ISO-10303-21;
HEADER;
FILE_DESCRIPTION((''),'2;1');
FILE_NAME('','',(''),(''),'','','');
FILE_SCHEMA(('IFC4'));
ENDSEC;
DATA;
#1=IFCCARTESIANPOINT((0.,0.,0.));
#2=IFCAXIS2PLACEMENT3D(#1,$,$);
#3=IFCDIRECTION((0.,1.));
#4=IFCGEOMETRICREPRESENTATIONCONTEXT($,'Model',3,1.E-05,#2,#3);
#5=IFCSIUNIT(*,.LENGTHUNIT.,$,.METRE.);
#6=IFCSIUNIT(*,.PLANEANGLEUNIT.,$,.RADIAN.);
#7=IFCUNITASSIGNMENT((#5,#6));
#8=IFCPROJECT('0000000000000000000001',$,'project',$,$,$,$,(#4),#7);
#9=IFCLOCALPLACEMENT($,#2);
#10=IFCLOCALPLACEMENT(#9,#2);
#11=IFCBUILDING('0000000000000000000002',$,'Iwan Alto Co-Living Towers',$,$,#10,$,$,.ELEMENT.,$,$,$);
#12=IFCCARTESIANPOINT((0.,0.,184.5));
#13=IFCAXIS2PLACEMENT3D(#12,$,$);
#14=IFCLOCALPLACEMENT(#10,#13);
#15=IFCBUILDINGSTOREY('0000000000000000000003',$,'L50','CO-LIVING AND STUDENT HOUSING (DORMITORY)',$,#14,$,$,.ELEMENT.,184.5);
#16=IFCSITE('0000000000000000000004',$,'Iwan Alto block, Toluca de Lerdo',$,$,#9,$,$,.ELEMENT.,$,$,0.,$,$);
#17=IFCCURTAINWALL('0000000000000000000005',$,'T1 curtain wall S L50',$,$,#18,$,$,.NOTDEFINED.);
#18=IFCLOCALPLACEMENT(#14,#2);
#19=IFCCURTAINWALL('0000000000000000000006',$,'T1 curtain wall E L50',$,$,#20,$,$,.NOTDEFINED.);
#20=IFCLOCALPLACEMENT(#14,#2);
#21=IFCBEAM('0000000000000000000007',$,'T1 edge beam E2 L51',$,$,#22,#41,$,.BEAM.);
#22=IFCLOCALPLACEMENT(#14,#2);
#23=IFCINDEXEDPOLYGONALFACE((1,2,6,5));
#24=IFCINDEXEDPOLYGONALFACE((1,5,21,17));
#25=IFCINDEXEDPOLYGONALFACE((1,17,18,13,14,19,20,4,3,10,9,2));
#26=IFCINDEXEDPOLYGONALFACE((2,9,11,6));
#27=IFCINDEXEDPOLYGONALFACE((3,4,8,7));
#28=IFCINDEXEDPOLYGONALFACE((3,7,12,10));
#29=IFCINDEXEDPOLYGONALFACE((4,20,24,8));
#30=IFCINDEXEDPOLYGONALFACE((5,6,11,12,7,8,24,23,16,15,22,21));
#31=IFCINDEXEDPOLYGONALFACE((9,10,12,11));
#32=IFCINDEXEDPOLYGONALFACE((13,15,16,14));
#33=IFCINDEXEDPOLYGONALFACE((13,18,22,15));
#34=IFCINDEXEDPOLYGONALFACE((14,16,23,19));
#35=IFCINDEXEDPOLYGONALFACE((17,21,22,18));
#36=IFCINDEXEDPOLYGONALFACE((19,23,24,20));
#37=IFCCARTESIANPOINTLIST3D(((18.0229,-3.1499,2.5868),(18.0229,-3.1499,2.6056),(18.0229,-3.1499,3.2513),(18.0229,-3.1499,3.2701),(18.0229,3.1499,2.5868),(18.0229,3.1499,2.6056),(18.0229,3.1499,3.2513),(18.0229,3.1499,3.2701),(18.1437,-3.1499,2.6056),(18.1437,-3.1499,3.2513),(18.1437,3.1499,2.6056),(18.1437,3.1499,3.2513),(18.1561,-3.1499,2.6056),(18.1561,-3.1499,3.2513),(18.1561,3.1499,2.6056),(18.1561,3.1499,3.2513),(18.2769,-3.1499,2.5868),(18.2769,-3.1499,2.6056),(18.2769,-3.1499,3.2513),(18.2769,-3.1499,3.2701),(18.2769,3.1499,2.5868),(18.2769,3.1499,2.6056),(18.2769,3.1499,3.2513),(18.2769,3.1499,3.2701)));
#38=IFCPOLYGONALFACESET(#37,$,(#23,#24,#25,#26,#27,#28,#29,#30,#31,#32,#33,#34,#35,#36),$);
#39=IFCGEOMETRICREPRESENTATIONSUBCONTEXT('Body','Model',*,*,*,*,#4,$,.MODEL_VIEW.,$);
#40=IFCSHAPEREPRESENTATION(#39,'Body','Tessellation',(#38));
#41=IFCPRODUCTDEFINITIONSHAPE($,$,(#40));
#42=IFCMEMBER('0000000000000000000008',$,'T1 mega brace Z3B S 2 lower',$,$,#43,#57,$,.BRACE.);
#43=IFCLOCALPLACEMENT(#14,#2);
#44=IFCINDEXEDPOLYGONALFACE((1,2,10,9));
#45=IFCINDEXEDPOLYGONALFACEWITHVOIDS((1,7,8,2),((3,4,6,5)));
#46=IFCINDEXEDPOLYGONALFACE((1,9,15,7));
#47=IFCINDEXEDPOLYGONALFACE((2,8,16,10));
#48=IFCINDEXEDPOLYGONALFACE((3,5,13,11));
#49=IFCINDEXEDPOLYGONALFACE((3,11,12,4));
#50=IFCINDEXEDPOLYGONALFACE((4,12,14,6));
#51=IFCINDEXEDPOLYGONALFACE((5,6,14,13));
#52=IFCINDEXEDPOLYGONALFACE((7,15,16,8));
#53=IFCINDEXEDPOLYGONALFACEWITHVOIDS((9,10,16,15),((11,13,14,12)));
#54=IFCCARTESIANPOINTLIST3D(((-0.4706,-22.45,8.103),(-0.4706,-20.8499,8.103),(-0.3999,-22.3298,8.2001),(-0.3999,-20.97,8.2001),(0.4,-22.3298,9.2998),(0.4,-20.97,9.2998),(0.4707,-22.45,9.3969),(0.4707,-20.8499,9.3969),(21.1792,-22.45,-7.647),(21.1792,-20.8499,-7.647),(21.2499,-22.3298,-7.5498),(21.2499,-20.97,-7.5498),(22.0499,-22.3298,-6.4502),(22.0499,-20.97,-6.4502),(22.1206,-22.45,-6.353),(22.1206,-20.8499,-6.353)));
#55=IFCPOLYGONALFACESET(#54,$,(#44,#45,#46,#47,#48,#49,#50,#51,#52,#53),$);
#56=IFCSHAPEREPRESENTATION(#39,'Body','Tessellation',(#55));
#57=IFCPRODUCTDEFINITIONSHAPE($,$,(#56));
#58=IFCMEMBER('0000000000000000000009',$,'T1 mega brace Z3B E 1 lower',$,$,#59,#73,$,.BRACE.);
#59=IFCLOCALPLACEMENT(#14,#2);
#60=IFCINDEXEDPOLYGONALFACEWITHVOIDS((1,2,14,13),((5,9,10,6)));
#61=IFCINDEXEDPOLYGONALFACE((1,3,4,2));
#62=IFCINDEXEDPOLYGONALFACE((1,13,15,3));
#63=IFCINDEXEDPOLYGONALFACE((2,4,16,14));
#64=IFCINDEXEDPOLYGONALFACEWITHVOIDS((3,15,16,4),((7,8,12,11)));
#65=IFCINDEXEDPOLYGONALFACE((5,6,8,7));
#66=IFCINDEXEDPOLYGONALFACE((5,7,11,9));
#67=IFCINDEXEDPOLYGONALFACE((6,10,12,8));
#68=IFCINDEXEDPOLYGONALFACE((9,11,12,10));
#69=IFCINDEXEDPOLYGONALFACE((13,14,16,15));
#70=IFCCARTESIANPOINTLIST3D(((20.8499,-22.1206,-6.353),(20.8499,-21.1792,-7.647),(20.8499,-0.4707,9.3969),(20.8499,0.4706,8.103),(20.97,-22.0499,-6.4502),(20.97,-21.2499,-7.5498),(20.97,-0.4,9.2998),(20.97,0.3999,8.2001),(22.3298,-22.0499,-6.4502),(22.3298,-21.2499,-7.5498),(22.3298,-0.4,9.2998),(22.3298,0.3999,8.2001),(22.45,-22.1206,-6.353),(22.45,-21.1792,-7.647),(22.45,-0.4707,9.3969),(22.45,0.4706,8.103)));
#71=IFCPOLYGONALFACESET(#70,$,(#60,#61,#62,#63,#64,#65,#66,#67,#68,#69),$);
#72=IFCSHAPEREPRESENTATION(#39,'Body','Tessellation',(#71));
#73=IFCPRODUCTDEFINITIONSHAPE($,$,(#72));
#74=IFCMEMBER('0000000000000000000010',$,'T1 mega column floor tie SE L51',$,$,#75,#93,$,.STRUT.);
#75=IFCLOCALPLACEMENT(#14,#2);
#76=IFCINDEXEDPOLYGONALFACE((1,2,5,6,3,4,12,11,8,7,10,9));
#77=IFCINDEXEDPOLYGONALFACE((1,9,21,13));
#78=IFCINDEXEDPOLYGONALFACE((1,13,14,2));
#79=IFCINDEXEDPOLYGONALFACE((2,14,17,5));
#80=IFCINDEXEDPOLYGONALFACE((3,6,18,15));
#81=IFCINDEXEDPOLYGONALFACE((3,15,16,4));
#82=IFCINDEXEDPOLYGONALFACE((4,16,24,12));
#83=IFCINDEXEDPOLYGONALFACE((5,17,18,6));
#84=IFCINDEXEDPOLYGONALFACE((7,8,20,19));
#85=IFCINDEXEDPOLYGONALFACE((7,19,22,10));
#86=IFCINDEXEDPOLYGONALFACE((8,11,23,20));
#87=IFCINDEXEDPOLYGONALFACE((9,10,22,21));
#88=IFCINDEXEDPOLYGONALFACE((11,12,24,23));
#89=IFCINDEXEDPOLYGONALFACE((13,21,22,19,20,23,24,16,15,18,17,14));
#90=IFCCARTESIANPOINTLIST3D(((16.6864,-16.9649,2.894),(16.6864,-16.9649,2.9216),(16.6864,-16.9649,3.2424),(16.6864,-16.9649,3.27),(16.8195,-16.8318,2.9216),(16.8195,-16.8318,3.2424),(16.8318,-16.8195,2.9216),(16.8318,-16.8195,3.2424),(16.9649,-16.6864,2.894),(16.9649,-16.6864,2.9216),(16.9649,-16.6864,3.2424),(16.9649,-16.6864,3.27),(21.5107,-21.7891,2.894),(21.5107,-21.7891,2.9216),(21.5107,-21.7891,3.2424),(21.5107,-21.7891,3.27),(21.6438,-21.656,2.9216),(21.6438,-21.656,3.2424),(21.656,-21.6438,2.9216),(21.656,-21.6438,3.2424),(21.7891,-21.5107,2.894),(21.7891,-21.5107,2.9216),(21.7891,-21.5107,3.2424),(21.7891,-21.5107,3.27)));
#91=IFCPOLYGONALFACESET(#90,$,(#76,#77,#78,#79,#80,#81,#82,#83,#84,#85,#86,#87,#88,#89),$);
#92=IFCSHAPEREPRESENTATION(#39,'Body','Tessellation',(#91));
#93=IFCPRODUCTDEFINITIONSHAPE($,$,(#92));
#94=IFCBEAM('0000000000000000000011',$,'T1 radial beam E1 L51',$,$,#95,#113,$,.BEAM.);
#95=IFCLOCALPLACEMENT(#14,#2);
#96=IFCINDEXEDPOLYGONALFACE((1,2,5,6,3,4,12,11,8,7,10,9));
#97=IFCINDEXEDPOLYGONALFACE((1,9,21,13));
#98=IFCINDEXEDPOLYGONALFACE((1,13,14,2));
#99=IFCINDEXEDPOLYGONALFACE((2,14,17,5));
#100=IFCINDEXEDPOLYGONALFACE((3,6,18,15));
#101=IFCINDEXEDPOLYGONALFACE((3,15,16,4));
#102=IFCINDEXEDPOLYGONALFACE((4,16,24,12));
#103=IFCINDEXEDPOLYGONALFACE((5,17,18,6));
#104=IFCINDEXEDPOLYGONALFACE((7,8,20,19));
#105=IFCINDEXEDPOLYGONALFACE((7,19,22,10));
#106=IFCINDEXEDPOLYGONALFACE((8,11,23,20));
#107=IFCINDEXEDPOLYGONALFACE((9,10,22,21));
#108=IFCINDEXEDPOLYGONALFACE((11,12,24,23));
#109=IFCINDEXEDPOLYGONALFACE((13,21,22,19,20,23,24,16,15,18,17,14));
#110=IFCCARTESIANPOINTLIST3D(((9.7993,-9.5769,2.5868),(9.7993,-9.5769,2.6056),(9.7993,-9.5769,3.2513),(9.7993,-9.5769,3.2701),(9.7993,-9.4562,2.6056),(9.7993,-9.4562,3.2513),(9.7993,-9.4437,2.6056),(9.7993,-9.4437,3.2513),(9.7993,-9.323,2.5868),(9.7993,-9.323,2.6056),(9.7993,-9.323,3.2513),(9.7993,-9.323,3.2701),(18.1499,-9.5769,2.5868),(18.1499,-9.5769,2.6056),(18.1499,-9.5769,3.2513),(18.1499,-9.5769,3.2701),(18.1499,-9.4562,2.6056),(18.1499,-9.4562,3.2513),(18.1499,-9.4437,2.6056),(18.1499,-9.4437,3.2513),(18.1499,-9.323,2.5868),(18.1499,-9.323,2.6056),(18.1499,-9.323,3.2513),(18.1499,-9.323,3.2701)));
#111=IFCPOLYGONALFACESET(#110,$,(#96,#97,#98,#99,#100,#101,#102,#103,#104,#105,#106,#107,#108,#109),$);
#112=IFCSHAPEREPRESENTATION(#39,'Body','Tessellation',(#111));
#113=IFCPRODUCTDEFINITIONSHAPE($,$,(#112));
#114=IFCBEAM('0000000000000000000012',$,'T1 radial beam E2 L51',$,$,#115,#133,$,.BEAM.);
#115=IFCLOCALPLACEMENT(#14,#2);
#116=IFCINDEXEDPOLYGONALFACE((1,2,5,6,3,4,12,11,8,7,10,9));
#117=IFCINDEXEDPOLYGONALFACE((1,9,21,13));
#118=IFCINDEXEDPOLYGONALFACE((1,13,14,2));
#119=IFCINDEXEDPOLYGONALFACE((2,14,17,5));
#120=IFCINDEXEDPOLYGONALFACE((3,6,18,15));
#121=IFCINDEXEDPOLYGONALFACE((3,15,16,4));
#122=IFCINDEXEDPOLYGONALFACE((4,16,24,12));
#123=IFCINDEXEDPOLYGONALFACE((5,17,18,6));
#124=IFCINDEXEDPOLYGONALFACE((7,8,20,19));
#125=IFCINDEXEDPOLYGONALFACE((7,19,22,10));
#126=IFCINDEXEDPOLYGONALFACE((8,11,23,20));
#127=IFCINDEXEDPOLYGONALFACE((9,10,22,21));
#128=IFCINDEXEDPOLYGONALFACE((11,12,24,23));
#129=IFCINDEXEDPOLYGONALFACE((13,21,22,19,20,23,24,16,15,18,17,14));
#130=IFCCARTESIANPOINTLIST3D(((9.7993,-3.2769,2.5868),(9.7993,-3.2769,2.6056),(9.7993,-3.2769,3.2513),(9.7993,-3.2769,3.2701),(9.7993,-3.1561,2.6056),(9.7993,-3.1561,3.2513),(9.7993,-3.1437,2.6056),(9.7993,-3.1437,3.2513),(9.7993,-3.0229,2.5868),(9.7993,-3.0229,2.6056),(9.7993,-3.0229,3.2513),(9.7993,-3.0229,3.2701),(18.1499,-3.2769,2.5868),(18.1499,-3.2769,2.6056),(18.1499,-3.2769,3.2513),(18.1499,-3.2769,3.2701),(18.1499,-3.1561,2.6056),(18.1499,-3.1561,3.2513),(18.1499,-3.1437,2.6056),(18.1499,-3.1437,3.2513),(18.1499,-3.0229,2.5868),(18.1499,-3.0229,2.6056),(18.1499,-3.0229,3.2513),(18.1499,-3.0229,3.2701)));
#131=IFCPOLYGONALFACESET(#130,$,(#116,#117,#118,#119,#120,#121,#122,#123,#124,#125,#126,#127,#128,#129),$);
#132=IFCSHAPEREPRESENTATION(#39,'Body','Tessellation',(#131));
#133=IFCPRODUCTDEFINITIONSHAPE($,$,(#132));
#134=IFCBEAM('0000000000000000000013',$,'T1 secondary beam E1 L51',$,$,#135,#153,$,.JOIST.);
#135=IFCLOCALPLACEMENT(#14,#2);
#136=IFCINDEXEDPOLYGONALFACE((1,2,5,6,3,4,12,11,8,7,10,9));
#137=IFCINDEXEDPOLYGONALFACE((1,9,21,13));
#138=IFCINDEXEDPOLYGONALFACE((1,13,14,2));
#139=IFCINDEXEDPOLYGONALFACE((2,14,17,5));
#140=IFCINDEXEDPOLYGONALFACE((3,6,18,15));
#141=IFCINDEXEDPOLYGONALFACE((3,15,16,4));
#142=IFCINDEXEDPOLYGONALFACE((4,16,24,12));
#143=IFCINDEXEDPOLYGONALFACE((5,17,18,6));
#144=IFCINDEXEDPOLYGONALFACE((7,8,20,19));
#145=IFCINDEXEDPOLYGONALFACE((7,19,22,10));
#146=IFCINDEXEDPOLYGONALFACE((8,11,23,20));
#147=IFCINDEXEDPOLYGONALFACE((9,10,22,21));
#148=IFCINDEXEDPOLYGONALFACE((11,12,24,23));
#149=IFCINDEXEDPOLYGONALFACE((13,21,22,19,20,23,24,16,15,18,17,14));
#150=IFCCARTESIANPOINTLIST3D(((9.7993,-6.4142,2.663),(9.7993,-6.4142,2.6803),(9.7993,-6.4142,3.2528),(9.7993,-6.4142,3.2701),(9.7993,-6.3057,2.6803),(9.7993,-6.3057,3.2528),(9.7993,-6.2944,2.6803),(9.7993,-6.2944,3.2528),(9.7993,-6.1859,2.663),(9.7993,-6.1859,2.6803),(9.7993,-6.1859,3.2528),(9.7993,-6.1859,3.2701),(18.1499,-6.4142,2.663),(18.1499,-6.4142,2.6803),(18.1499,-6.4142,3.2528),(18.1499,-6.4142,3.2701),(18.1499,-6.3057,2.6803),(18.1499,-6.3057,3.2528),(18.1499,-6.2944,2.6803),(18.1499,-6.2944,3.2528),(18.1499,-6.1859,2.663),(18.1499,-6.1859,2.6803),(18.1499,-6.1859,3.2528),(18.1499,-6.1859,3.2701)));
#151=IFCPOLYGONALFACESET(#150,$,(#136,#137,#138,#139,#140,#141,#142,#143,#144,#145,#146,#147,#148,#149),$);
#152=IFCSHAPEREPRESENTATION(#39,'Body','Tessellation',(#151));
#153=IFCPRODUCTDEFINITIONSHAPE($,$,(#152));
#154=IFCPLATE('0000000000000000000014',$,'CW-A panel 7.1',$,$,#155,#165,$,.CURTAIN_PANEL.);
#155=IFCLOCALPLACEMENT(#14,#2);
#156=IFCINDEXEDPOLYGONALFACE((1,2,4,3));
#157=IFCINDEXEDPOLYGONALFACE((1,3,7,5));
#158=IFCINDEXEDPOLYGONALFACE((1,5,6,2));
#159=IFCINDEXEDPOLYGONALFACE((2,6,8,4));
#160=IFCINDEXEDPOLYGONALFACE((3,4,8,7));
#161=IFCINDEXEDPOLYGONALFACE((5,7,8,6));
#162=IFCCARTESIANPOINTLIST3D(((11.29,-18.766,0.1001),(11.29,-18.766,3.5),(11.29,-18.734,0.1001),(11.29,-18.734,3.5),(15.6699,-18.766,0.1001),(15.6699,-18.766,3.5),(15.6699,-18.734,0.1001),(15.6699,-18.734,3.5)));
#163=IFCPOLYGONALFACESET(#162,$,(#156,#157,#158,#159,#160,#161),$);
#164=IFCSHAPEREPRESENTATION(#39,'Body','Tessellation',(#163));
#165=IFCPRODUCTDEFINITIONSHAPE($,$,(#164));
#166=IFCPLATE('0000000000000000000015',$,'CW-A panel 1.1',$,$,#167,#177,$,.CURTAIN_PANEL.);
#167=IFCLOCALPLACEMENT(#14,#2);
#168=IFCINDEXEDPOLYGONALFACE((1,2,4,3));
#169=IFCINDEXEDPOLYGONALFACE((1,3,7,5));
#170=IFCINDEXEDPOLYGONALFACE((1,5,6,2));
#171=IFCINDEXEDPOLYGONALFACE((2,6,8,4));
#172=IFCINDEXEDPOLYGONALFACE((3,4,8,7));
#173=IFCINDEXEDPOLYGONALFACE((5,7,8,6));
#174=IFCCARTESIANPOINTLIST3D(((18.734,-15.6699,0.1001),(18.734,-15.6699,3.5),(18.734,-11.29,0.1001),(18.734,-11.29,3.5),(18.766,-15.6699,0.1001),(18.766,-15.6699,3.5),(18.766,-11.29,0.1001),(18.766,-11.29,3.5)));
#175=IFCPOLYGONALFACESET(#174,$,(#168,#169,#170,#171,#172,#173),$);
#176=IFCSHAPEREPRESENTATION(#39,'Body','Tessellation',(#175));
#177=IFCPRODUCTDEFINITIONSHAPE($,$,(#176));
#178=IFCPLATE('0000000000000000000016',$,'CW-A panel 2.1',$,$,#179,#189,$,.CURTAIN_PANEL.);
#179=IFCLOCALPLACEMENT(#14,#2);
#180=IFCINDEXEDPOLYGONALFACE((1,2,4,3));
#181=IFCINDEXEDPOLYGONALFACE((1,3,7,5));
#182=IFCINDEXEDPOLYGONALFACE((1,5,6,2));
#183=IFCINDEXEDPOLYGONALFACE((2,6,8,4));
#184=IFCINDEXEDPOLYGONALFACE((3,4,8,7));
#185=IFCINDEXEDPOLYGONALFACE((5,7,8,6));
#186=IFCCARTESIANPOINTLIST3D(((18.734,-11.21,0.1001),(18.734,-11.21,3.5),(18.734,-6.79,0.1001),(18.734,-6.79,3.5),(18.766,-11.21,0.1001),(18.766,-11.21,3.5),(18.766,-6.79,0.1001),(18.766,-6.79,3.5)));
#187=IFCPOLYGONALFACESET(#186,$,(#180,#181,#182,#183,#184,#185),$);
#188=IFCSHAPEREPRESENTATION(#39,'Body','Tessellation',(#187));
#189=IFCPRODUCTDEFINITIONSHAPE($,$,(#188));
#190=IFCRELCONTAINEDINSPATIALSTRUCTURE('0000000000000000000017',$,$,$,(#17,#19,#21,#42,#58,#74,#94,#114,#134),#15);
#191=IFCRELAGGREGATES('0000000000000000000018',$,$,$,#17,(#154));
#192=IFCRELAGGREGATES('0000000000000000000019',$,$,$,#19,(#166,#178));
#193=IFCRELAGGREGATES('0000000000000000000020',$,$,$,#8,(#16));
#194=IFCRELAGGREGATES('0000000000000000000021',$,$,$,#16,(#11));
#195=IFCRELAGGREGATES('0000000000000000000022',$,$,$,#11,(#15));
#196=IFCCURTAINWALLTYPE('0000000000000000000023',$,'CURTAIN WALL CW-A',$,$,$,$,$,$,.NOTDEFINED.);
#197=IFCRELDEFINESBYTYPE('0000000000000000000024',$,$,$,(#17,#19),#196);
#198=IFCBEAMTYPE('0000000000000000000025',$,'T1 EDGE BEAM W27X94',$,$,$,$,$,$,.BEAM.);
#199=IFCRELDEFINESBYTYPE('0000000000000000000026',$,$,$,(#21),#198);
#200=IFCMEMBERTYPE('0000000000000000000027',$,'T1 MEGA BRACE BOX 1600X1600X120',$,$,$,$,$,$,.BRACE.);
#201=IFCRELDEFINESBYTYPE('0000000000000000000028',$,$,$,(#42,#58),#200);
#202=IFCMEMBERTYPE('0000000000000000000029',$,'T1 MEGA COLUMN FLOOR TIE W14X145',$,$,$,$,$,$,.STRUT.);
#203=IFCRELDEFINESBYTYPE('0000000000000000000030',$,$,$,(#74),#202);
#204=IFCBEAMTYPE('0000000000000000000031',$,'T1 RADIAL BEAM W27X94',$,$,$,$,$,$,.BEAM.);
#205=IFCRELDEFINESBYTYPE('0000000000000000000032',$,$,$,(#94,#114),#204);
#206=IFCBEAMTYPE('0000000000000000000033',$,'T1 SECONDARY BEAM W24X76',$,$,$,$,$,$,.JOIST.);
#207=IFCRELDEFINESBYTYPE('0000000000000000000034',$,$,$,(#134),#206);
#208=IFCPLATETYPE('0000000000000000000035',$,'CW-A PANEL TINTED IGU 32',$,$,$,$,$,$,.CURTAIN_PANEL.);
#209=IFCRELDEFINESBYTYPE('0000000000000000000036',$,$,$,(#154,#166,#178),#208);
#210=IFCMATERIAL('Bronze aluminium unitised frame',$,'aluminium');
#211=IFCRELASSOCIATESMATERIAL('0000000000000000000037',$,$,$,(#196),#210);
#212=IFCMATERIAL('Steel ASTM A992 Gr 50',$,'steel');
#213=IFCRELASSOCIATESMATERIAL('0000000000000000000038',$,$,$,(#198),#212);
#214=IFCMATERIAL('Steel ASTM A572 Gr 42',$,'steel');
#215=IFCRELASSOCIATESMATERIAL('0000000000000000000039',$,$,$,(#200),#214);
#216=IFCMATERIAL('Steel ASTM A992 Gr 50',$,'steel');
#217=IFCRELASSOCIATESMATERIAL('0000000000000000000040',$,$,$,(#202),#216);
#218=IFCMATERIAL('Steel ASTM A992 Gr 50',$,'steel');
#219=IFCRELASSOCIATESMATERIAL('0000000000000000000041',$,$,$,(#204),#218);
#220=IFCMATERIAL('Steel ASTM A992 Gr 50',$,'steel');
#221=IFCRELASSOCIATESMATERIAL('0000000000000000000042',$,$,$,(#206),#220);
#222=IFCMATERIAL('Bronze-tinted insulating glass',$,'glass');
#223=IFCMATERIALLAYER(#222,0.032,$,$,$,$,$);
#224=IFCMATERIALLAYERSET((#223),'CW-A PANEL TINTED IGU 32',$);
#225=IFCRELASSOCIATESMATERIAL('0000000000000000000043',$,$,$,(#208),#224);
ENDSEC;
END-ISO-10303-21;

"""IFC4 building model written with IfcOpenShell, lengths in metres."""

from ifc_helpers import new_model, si_unit, direction, frame, origin, origin_2d, place, context, subcontext, project, spatial, rectangle, hollow_rectangle, i_section, extrude, material, layer, layer_set, material_profile, profile_set, type_object, element, aggregate, save


model = new_model("IFC4")

# Units and contexts
model_context = context("Model", 3, precision=1e-05, world=origin(), true_north=direction((0.0, 1.0)))
body_context = subcontext(model_context, "Body", "Model", "MODEL_VIEW")
ifc_project = project(units=[si_unit("LENGTHUNIT", "METRE"), si_unit("PLANEANGLEUNIT", "RADIAN")], contexts=[model_context])

# Site, building, storey
site_placement = place(None, origin())
site = spatial("IfcSite", under=ifc_project, at=site_placement, Name="Iwan Alto block, Toluca de Lerdo", CompositionType="ELEMENT", RefElevation=0.0)
building_placement = place(site_placement, origin())
building = spatial("IfcBuilding", under=site, at=building_placement, Name="Iwan Alto Co-Living Towers", CompositionType="ELEMENT")
storey_placement = place(building_placement, frame((0.0, 0.0, 184.5)))
storey = spatial("IfcBuildingStorey", under=building, at=storey_placement, Name="L50", Description="CO-LIVING AND STUDENT HOUSING (DORMITORY)", CompositionType="ELEMENT", Elevation=184.5)

# Curtain wall
ifc_material_1 = material(Name="Bronze aluminium unitised frame", Category="aluminium")
curtain_wall_type_1 = type_object("IfcCurtainWallType", Name="CURTAIN WALL CW-A", PredefinedType="NOTDEFINED", material=ifc_material_1)
curtain_wall_1_placement = place(storey_placement, origin())
curtain_wall_1 = element("IfcCurtainWall", 1, at=curtain_wall_1_placement, inside=storey, type_object=curtain_wall_type_1, Name="T1 curtain wall S L50", PredefinedType="NOTDEFINED")

# Curtain wall
curtain_wall_2_placement = place(storey_placement, origin())
curtain_wall_2 = element("IfcCurtainWall", 2, at=curtain_wall_2_placement, inside=storey, type_object=curtain_wall_type_1, Name="T1 curtain wall E L50", PredefinedType="NOTDEFINED")

# Beam
ifc_material_2 = material(Name="Steel ASTM A992 Gr 50", Category="steel")
ifc_material_profile_1 = material_profile(ifc_material_2, i_section(OverallWidth=0.2539, OverallDepth=0.6833, WebThickness=0.0125, FlangeThickness=0.0188, at=origin_2d()), Name="W27X94")
ifc_profile_set_1 = profile_set([ifc_material_profile_1], Name="Steel ASTM A992 Gr 50")
beam_type_1 = type_object("IfcBeamType", Name="T1 EDGE BEAM W27X94", PredefinedType="BEAM", material=ifc_profile_set_1)
beam_1_placement = place(storey_placement, frame((18.1499, -3.1499, 2.9285), z_axis=(0.0, 1.0, 0.0), x_axis=(-1.0, 0.0, 0.0)))
element("IfcBeam", 3, at=beam_1_placement, inside=storey, type_object=beam_type_1, Name="T1 edge beam E2 L51", PredefinedType="BEAM", context=body_context, shape_type="SweptSolid", body=[
    extrude(i_section(OverallWidth=0.2539, OverallDepth=0.6833, WebThickness=0.0125, FlangeThickness=0.0188, at=origin_2d()), origin(), (0.0, 0.0, 1.0), 6.2998),
])

# Members
ifc_material_3 = material(Name="Steel ASTM A572 Gr 42", Category="steel")
ifc_material_profile_2 = material_profile(ifc_material_3, hollow_rectangle(XDim=1.6001, YDim=1.6001, WallThickness=0.1201, at=origin_2d()), Name="BOX 1600X1600X120")
ifc_profile_set_2 = profile_set([ifc_material_profile_2], Name="Steel ASTM A572 Gr 42")
member_type_1 = type_object("IfcMemberType", Name="T1 MEGA BRACE BOX 1600X1600X120", PredefinedType="BRACE", material=ifc_profile_set_2)
for number, where, z_axis, x_axis, name in (
    (4, (21.6499, -21.6499, -7.0), (-0.808654, 0.0, 0.588284), (0.0, -1.0, 0.0), "T1 mega brace Z3B S 2 lower"),
    (5, (21.6499, -21.6499, -7.0), (0.0, 0.808654, 0.588284), (-1.0, 0.0, 0.0), "T1 mega brace Z3B E 1 lower"),
):
    element("IfcMember", number, at=place(storey_placement, frame(where, z_axis=z_axis, x_axis=x_axis)), inside=storey, type_object=member_type_1, Name=name, PredefinedType="BRACE", context=body_context, shape_type="SweptSolid", body=[
        extrude(hollow_rectangle(XDim=1.6001, YDim=1.6001, WallThickness=0.1201, at=origin_2d()), origin(), (0.0, 0.0, 1.0), 26.7727),
    ])
ifc_material_4 = material(Name="Steel ASTM A992 Gr 50", Category="steel")
ifc_material_profile_3 = material_profile(ifc_material_4, i_section(OverallWidth=0.3938, OverallDepth=0.376, WebThickness=0.0173, FlangeThickness=0.0276, at=origin_2d()), Name="W14X145")
ifc_profile_set_3 = profile_set([ifc_material_profile_3], Name="Steel ASTM A992 Gr 50")
member_type_2 = type_object("IfcMemberType", Name="T1 MEGA COLUMN FLOOR TIE W14X145", PredefinedType="STRUT", material=ifc_profile_set_3)
member_1_placement = place(storey_placement, frame((21.6499, -21.6499, 3.082), z_axis=(-0.707107, 0.707107, 0.0), x_axis=(-0.707107, -0.707107, 0.0)))
element("IfcMember", 6, at=member_1_placement, inside=storey, type_object=member_type_2, Name="T1 mega column floor tie SE L51", PredefinedType="STRUT", context=body_context, shape_type="SweptSolid", body=[
    extrude(i_section(OverallWidth=0.3938, OverallDepth=0.376, WebThickness=0.0173, FlangeThickness=0.0276, at=origin_2d()), origin(), (0.0, 0.0, 1.0), 6.8225),
])

# Beams
ifc_material_5 = material(Name="Steel ASTM A992 Gr 50", Category="steel")
ifc_material_profile_4 = material_profile(ifc_material_5, i_section(OverallWidth=0.2539, OverallDepth=0.6833, WebThickness=0.0125, FlangeThickness=0.0188, at=origin_2d()), Name="W27X94")
ifc_profile_set_4 = profile_set([ifc_material_profile_4], Name="Steel ASTM A992 Gr 50")
beam_type_2 = type_object("IfcBeamType", Name="T1 RADIAL BEAM W27X94", PredefinedType="BEAM", material=ifc_profile_set_4)
for number, where, z_axis, x_axis, name in (
    (7, (18.1499, -9.45, 2.9285), (-1.0, 0.0, 0.0), (0.0, -1.0, 0.0), "T1 radial beam E1 L51"),
    (8, (18.1499, -3.1499, 2.9285), (-1.0, 0.0, 0.0), (0.0, -1.0, 0.0), "T1 radial beam E2 L51"),
):
    element("IfcBeam", number, at=place(storey_placement, frame(where, z_axis=z_axis, x_axis=x_axis)), inside=storey, type_object=beam_type_2, Name=name, PredefinedType="BEAM", context=body_context, shape_type="SweptSolid", body=[
        extrude(i_section(OverallWidth=0.2539, OverallDepth=0.6833, WebThickness=0.0125, FlangeThickness=0.0188, at=origin_2d()), origin(), (0.0, 0.0, 1.0), 8.3506),
    ])
ifc_material_6 = material(Name="Steel ASTM A992 Gr 50", Category="steel")
ifc_material_profile_5 = material_profile(ifc_material_6, i_section(OverallWidth=0.2283, OverallDepth=0.6072, WebThickness=0.0112, FlangeThickness=0.0173, at=origin_2d()), Name="W24X76")
ifc_profile_set_5 = profile_set([ifc_material_profile_5], Name="Steel ASTM A992 Gr 50")
beam_type_3 = type_object("IfcBeamType", Name="T1 SECONDARY BEAM W24X76", PredefinedType="JOIST", material=ifc_profile_set_5)
beam_2_placement = place(storey_placement, frame((18.1499, -6.3, 2.9666), z_axis=(-1.0, 0.0, 0.0), x_axis=(0.0, -1.0, 0.0)))
element("IfcBeam", 9, at=beam_2_placement, inside=storey, type_object=beam_type_3, Name="T1 secondary beam E1 L51", PredefinedType="JOIST", context=body_context, shape_type="SweptSolid", body=[
    extrude(i_section(OverallWidth=0.2283, OverallDepth=0.6072, WebThickness=0.0112, FlangeThickness=0.0173, at=origin_2d()), origin(), (0.0, 0.0, 1.0), 8.3506),
])

# Plates
ifc_material_7 = material(Name="Bronze-tinted insulating glass", Category="glass")
ifc_layer_1 = layer(ifc_material_7, 0.032)
ifc_layer_set_1 = layer_set([ifc_layer_1], Name="CW-A PANEL TINTED IGU 32")
plate_type_1 = type_object("IfcPlateType", Name="CW-A PANEL TINTED IGU 32", PredefinedType="CURTAIN_PANEL", material=ifc_layer_set_1)
plate_1_placement = place(storey_placement, frame((13.48, -18.75, 0.1001), z_axis=(0.0, 0.0, 1.0), x_axis=(1.0, 0.0, 0.0)))
plate_1 = element("IfcPlate", 10, at=plate_1_placement, type_object=plate_type_1, Name="CW-A panel 7.1", PredefinedType="CURTAIN_PANEL", context=body_context, shape_type="SweptSolid", body=[
    extrude(rectangle(XDim=4.3799, YDim=0.032, at=origin_2d()), origin(), (0.0, 0.0, 1.0), 3.3999),
])
aggregate(curtain_wall_1, [plate_1])
plate_2_placement = place(storey_placement, frame((18.75, -13.48, 0.1001), z_axis=(0.0, 0.0, 1.0), x_axis=(0.0, 1.0, 0.0)))
plate_2 = element("IfcPlate", 11, at=plate_2_placement, type_object=plate_type_1, Name="CW-A panel 1.1", PredefinedType="CURTAIN_PANEL", context=body_context, shape_type="SweptSolid", body=[
    extrude(rectangle(XDim=4.3799, YDim=0.032, at=origin_2d()), origin(), (0.0, 0.0, 1.0), 3.3999),
])
plate_3_placement = place(storey_placement, frame((18.75, -9.0, 0.1001), z_axis=(0.0, 0.0, 1.0), x_axis=(0.0, 1.0, 0.0)))
plate_3 = element("IfcPlate", 12, at=plate_3_placement, type_object=plate_type_1, Name="CW-A panel 2.1", PredefinedType="CURTAIN_PANEL", context=body_context, shape_type="SweptSolid", body=[
    extrude(rectangle(XDim=4.4199, YDim=0.032, at=origin_2d()), origin(), (0.0, 0.0, 1.0), 3.3999),
])
aggregate(curtain_wall_2, [plate_2, plate_3])

save(model, "model.ifc")
